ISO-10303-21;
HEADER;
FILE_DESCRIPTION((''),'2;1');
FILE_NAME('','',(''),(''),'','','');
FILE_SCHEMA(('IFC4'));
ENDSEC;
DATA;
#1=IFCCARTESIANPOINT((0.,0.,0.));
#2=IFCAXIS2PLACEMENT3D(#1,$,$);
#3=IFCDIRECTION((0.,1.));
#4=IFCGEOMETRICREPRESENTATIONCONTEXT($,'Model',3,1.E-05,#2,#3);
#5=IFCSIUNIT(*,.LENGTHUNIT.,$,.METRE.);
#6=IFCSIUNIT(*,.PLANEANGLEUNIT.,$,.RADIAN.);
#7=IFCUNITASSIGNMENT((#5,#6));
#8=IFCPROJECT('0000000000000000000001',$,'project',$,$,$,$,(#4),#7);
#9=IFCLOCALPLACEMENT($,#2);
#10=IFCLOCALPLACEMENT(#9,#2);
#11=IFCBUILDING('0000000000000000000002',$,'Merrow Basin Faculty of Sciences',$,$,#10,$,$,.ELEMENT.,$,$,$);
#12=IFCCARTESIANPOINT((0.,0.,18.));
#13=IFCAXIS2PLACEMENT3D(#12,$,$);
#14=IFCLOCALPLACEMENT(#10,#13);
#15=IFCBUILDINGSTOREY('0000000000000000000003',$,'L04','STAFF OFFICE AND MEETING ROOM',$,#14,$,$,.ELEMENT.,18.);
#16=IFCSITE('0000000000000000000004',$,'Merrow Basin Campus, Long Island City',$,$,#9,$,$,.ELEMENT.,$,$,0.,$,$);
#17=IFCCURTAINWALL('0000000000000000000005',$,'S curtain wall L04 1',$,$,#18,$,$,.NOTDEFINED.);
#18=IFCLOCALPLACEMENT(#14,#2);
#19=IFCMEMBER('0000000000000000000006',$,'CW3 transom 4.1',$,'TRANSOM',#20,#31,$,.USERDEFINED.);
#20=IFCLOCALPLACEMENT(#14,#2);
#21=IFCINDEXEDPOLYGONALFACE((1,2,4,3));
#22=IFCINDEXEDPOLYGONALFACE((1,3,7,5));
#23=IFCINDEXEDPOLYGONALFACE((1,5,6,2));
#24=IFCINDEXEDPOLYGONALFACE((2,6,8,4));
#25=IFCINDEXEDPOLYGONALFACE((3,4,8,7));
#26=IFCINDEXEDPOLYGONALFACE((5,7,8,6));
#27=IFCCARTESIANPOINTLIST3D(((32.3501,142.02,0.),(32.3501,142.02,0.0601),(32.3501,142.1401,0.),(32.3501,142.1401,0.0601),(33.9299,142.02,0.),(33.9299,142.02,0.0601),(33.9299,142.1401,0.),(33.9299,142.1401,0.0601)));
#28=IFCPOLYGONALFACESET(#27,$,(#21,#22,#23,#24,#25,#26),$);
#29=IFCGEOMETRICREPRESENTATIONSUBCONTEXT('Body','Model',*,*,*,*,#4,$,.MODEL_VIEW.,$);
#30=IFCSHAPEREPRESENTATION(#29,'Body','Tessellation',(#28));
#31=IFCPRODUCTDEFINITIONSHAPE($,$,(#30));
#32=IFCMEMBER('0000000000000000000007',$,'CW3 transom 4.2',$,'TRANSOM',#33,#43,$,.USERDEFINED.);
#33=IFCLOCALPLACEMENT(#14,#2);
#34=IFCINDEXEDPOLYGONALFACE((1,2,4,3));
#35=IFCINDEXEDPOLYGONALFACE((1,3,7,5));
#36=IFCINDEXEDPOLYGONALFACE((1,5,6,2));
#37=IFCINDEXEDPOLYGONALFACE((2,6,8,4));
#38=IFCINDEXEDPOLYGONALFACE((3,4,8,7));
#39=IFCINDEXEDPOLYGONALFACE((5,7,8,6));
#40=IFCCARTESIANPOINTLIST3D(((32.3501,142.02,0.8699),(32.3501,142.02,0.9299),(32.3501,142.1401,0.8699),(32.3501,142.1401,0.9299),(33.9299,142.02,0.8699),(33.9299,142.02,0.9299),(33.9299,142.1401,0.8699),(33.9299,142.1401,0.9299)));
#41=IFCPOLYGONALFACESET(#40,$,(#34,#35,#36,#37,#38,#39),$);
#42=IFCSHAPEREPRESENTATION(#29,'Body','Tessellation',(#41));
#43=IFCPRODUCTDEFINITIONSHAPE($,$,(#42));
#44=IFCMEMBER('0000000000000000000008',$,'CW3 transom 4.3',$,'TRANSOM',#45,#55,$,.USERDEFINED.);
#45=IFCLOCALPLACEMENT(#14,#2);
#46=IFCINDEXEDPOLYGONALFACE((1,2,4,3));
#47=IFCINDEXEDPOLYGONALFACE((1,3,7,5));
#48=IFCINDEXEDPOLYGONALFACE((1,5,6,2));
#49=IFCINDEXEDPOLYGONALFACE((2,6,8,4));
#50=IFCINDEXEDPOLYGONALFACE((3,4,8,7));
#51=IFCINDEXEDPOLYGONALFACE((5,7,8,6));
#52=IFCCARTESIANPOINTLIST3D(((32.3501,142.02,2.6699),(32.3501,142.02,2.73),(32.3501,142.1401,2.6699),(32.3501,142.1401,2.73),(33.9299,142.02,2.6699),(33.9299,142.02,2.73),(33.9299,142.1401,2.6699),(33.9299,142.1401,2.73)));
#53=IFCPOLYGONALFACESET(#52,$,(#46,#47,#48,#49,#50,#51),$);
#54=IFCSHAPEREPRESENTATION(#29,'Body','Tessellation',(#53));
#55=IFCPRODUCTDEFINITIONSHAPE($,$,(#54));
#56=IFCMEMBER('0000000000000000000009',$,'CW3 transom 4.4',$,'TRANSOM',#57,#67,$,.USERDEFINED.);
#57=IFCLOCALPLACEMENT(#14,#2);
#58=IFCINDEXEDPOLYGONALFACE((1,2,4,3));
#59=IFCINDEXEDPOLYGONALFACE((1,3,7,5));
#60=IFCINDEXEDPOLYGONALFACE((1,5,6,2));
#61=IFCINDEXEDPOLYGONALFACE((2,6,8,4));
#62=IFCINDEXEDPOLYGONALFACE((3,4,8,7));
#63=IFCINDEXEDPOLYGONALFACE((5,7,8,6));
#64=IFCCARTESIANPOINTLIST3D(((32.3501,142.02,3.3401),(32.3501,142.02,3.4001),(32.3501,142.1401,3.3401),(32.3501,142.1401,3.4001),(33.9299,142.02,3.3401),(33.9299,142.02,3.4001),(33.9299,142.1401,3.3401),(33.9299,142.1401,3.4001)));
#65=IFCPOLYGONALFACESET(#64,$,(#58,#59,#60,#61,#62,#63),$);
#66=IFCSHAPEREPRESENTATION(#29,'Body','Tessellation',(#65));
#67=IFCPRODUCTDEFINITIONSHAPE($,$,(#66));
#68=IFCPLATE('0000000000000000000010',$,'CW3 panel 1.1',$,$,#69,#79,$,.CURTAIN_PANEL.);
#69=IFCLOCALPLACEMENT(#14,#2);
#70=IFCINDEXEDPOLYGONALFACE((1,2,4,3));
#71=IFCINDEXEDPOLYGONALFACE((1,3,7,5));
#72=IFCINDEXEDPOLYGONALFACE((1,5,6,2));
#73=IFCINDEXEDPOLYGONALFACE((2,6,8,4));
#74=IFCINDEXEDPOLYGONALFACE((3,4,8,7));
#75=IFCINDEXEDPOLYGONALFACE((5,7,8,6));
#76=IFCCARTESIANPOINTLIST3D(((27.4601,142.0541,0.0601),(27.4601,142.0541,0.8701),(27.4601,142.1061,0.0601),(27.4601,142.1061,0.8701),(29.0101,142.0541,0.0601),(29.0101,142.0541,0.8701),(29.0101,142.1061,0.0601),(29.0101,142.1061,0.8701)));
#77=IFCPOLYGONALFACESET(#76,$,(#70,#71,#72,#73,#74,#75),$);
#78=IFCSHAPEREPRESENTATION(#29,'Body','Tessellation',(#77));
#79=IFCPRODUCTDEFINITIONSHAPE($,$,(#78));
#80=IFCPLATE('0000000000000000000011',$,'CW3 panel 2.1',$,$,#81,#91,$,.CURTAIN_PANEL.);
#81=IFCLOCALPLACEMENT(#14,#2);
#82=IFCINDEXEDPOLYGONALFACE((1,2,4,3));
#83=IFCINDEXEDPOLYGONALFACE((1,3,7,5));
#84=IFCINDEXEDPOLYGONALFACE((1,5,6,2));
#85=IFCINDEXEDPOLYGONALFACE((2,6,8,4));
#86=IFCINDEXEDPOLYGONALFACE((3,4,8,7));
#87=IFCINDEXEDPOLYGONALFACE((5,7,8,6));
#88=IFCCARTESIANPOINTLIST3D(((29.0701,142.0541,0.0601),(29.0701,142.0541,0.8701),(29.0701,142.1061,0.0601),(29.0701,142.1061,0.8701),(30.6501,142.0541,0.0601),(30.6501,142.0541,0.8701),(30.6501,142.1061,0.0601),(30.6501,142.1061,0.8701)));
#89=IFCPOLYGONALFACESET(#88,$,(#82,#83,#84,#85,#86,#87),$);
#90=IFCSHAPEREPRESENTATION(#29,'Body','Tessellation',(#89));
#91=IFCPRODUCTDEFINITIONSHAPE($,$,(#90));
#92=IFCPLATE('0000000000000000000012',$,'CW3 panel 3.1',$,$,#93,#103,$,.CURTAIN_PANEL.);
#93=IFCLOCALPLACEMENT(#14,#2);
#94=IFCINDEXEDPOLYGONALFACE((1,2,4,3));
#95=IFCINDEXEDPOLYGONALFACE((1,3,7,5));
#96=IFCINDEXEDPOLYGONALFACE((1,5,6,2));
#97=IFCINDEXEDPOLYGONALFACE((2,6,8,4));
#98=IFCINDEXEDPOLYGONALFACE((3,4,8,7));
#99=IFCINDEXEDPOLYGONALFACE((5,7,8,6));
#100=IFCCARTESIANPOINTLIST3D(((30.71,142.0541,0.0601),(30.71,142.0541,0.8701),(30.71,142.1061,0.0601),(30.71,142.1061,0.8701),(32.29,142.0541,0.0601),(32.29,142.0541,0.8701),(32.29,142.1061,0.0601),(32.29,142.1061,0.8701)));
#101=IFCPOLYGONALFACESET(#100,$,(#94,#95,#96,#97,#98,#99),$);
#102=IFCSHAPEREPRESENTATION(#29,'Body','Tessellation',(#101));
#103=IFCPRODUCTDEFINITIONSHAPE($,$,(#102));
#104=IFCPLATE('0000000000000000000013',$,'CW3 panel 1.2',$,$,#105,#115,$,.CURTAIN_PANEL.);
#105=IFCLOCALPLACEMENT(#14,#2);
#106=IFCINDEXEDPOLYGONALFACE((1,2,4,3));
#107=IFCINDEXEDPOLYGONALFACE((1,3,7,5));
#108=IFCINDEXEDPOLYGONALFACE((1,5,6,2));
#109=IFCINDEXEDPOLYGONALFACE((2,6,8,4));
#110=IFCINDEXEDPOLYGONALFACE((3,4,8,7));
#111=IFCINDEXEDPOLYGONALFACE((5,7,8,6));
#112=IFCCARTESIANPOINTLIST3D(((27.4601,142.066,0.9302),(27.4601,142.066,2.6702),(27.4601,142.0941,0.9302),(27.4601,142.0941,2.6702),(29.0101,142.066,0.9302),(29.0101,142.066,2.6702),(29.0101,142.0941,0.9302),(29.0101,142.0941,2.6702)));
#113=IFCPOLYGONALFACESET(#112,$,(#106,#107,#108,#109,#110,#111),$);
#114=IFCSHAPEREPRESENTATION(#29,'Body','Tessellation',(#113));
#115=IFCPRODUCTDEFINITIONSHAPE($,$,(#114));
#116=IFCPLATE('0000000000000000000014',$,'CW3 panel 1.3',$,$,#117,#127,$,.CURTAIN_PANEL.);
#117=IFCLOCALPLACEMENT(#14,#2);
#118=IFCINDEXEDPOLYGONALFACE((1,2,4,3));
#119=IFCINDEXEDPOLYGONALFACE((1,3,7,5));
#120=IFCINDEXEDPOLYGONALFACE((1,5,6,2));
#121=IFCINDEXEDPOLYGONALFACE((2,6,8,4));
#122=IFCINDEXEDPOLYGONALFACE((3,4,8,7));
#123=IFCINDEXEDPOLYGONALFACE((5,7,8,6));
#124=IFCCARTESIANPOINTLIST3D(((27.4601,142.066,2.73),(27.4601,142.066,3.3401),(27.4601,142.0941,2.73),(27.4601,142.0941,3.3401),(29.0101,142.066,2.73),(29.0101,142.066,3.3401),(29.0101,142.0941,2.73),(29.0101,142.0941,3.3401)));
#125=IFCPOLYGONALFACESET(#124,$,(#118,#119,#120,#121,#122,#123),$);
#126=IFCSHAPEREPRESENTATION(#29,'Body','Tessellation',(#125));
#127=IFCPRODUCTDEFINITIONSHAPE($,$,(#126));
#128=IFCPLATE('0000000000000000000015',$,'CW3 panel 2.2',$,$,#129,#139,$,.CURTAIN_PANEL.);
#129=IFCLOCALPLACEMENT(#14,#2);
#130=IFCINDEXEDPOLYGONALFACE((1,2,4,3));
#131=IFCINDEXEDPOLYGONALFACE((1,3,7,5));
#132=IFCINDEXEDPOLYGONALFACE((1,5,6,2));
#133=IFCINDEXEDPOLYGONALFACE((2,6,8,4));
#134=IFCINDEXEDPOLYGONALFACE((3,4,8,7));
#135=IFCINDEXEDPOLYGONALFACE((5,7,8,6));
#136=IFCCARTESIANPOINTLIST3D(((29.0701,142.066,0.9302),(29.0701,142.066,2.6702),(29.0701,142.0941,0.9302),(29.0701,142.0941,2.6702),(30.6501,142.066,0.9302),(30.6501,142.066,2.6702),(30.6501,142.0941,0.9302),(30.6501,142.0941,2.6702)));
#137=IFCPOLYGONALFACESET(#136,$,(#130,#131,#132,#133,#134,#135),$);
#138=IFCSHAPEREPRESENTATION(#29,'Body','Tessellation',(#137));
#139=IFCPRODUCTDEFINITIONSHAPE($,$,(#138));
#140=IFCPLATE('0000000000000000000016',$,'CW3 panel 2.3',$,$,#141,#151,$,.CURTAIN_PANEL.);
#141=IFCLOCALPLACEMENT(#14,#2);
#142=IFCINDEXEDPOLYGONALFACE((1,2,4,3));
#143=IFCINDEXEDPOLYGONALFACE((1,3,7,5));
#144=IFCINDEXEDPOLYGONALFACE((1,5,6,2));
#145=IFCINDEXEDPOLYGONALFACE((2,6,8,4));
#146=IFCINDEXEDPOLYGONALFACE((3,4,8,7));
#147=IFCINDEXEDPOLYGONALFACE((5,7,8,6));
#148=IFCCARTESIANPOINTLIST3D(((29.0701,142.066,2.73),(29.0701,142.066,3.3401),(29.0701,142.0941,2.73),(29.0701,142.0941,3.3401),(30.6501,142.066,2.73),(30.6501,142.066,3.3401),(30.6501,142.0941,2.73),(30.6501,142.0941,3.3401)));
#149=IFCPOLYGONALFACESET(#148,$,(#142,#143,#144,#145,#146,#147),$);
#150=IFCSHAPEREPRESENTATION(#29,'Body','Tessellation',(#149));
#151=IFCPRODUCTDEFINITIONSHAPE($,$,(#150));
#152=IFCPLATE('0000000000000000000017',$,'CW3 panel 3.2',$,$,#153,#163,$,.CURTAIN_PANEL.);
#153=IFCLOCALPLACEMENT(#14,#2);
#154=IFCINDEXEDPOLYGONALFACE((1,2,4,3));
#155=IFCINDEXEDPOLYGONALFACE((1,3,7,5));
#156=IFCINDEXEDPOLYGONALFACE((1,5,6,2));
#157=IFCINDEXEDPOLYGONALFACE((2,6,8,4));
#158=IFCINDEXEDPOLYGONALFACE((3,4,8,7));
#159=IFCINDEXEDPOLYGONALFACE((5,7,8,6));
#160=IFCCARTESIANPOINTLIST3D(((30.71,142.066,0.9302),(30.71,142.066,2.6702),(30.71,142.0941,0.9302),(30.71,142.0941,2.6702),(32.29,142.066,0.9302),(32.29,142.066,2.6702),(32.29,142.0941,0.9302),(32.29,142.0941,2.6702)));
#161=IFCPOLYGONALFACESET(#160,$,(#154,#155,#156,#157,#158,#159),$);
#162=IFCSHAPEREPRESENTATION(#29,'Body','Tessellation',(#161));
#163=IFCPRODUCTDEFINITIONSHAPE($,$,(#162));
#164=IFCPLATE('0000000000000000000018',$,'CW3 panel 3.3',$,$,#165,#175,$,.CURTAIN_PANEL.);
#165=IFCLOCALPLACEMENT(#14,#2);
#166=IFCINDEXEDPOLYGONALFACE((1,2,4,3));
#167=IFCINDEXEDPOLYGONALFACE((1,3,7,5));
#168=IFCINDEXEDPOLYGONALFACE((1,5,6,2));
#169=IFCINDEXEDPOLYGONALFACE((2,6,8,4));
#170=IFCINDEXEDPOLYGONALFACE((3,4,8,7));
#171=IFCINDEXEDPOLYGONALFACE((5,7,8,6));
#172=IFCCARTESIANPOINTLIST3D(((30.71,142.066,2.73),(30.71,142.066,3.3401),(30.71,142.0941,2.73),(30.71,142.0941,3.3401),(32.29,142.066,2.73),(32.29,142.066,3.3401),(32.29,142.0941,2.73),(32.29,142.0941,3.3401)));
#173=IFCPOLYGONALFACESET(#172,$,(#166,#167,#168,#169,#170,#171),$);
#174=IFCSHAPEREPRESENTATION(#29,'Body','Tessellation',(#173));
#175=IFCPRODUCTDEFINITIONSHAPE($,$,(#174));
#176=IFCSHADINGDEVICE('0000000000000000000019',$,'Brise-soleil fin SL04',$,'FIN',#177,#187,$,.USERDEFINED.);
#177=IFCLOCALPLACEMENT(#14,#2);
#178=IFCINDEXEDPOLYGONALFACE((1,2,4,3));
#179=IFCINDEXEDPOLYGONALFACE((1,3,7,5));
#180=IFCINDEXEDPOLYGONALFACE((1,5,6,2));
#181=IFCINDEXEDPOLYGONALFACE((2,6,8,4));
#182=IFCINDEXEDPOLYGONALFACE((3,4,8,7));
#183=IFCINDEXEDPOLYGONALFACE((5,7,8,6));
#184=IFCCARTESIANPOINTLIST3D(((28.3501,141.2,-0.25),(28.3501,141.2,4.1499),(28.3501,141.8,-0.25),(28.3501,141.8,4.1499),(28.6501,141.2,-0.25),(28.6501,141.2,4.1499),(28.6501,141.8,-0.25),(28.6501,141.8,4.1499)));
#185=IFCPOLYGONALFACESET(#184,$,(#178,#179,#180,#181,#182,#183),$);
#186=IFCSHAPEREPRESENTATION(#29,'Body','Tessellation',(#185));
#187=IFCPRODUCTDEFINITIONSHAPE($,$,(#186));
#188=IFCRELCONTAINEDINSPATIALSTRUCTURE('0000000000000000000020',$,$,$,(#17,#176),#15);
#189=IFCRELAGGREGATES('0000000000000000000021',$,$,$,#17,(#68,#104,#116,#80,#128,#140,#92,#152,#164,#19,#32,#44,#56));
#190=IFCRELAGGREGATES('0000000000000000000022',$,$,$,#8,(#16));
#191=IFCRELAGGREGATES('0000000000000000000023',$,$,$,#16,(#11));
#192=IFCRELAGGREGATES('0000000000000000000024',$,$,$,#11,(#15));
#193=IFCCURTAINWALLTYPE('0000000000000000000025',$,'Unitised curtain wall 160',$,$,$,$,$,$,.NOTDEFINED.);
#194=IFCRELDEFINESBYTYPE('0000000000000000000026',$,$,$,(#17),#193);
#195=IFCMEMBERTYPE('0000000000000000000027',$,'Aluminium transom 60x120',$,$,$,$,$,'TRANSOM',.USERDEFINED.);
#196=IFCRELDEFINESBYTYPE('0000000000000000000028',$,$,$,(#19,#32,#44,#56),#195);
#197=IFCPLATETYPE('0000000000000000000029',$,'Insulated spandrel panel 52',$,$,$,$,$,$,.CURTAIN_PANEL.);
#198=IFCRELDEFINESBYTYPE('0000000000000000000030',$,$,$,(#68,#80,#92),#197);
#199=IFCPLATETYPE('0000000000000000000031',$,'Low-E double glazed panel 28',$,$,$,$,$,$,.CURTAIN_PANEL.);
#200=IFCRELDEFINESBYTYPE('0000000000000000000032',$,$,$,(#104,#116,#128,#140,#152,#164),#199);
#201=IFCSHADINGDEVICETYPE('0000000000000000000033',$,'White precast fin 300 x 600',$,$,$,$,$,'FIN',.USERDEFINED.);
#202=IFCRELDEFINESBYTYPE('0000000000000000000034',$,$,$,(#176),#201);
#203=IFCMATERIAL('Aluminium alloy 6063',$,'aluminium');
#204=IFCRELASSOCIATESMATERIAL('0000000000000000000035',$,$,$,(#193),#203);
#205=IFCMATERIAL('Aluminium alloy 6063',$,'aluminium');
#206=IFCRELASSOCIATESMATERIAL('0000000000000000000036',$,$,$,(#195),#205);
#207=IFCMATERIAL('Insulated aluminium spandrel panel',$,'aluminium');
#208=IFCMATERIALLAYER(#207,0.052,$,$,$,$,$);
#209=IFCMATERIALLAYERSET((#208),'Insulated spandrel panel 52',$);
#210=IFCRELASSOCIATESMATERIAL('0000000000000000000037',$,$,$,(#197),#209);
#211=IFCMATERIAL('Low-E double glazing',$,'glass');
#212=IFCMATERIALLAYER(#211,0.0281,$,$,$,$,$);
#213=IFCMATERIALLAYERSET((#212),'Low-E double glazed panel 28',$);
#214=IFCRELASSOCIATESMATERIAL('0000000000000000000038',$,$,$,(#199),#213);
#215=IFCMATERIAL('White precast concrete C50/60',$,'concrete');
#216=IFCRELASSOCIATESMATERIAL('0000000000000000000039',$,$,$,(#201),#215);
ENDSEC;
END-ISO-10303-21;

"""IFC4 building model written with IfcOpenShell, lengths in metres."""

from ifc_helpers import new_model, si_unit, direction, frame, origin, origin_2d, place, context, subcontext, project, spatial, polyline, rectangle, outline, extrude, source, transform, mapped, material, layer, layer_set, material_profile, profile_set, type_object, element, aggregate, save


model = new_model("IFC4")

# Units and contexts
model_context = context("Model", 3, precision=1e-05, world=origin(), true_north=direction((0.0, 1.0)))
body_context = subcontext(model_context, "Body", "Model", "MODEL_VIEW")
ifc_project = project(units=[si_unit("LENGTHUNIT", "METRE"), si_unit("PLANEANGLEUNIT", "RADIAN")], contexts=[model_context])

# Site, building, storey
site_placement = place(None, origin())
site = spatial("IfcSite", under=ifc_project, at=site_placement, Name="Merrow Basin Campus, Long Island City", CompositionType="ELEMENT", RefElevation=0.0)
building_placement = place(site_placement, origin())
building = spatial("IfcBuilding", under=site, at=building_placement, Name="Merrow Basin Faculty of Sciences", CompositionType="ELEMENT")
storey_placement = place(building_placement, frame((0.0, 0.0, 18.0)))
storey = spatial("IfcBuildingStorey", under=building, at=storey_placement, Name="L04", Description="STAFF OFFICE AND MEETING ROOM", CompositionType="ELEMENT", Elevation=18.0)

# Curtain wall, members, plates
ifc_material_1 = material(Name="Aluminium alloy 6063", Category="aluminium")
curtain_wall_type = type_object("IfcCurtainWallType", Name="Unitised curtain wall 160", PredefinedType="NOTDEFINED", material=ifc_material_1)
curtain_wall_placement = place(storey_placement, origin())
curtain_wall = element("IfcCurtainWall", 1, at=curtain_wall_placement, inside=storey, type_object=curtain_wall_type, Name="S curtain wall L04 1", PredefinedType="NOTDEFINED")
ifc_material_2 = material(Name="Aluminium alloy 6063", Category="aluminium")
ifc_material_profile_1 = material_profile(ifc_material_2, rectangle(XDim=0.1201, YDim=0.0601, at=origin_2d()))
ifc_profile_set_1 = profile_set([ifc_material_profile_1], Name="Aluminium alloy 6063")
member_type_1 = type_object("IfcMemberType", Name="Aluminium transom 60x120", ElementType="TRANSOM", PredefinedType="USERDEFINED", material=ifc_profile_set_1)
member_1_placement = place(storey_placement, frame((32.3501, 142.0801, 0.03), z_axis=(1.0, 0.0, 0.0), x_axis=(0.0, 1.0, 0.0)))
member_1 = element("IfcMember", 2, at=member_1_placement, type_object=member_type_1, Name="CW3 transom 4.1", ObjectType="TRANSOM", PredefinedType="USERDEFINED", context=body_context, shape_type="SweptSolid", body=[
    extrude(rectangle(XDim=0.1201, YDim=0.0601, at=origin_2d()), origin(), (0.0, 0.0, 1.0), 1.5798),
])
member_2_placement = place(storey_placement, frame((32.3501, 142.0801, 0.8999), z_axis=(1.0, 0.0, 0.0), x_axis=(0.0, 1.0, 0.0)))
member_2 = element("IfcMember", 3, at=member_2_placement, type_object=member_type_1, Name="CW3 transom 4.2", ObjectType="TRANSOM", PredefinedType="USERDEFINED", context=body_context, shape_type="SweptSolid", body=[
    extrude(rectangle(XDim=0.1201, YDim=0.0601, at=origin_2d()), origin(), (0.0, 0.0, 1.0), 1.5798),
])
member_3_placement = place(storey_placement, frame((32.3501, 142.0801, 2.7), z_axis=(1.0, 0.0, 0.0), x_axis=(0.0, 1.0, 0.0)))
member_3 = element("IfcMember", 4, at=member_3_placement, type_object=member_type_1, Name="CW3 transom 4.3", ObjectType="TRANSOM", PredefinedType="USERDEFINED", context=body_context, shape_type="SweptSolid", body=[
    extrude(rectangle(XDim=0.1201, YDim=0.0601, at=origin_2d()), origin(), (0.0, 0.0, 1.0), 1.5798),
])
member_4_placement = place(storey_placement, frame((32.3501, 142.0801, 3.3701), z_axis=(1.0, 0.0, 0.0), x_axis=(0.0, 1.0, 0.0)))
member_4 = element("IfcMember", 5, at=member_4_placement, type_object=member_type_1, Name="CW3 transom 4.4", ObjectType="TRANSOM", PredefinedType="USERDEFINED", context=body_context, shape_type="SweptSolid", body=[
    extrude(rectangle(XDim=0.1201, YDim=0.0601, at=origin_2d()), origin(), (0.0, 0.0, 1.0), 1.5798),
])
ifc_material_3 = material(Name="Insulated aluminium spandrel panel", Category="aluminium")
ifc_layer_1 = layer(ifc_material_3, 0.052)
ifc_layer_set_1 = layer_set([ifc_layer_1], Name="Insulated spandrel panel 52")
plate_type_1 = type_object("IfcPlateType", Name="Insulated spandrel panel 52", PredefinedType="CURTAIN_PANEL", material=ifc_layer_set_1)
plate_1_placement = place(storey_placement, frame((28.2351, 142.0801, 0.0601), z_axis=(0.0, 0.0, 1.0), x_axis=(1.0, 0.0, 0.0)))
plate_1 = element("IfcPlate", 6, at=plate_1_placement, type_object=plate_type_1, Name="CW3 panel 1.1", PredefinedType="CURTAIN_PANEL", context=body_context, shape_type="SweptSolid", body=[
    extrude(rectangle(XDim=1.55, YDim=0.052, at=origin_2d()), origin(), (0.0, 0.0, 1.0), 0.8101),
])
plate_2_placement = place(storey_placement, frame((29.8601, 142.0801, 0.0601), z_axis=(0.0, 0.0, 1.0), x_axis=(1.0, 0.0, 0.0)))
plate_2 = element("IfcPlate", 7, at=plate_2_placement, type_object=plate_type_1, Name="CW3 panel 2.1", PredefinedType="CURTAIN_PANEL", context=body_context, shape_type="SweptSolid", body=[
    extrude(rectangle(XDim=1.5801, YDim=0.052, at=origin_2d()), origin(), (0.0, 0.0, 1.0), 0.8101),
])
plate_3_placement = place(storey_placement, frame((31.5, 142.0801, 0.0601), z_axis=(0.0, 0.0, 1.0), x_axis=(1.0, 0.0, 0.0)))
plate_3 = element("IfcPlate", 8, at=plate_3_placement, type_object=plate_type_1, Name="CW3 panel 3.1", PredefinedType="CURTAIN_PANEL", context=body_context, shape_type="SweptSolid", body=[
    extrude(rectangle(XDim=1.5801, YDim=0.052, at=origin_2d()), origin(), (0.0, 0.0, 1.0), 0.8101),
])
ifc_material_4 = material(Name="Low-E double glazing", Category="glass")
ifc_layer_2 = layer(ifc_material_4, 0.0281)
ifc_layer_set_2 = layer_set([ifc_layer_2], Name="Low-E double glazed panel 28")
plate_type_2 = type_object("IfcPlateType", Name="Low-E double glazed panel 28", PredefinedType="CURTAIN_PANEL", material=ifc_layer_set_2)
plate_4_placement = place(storey_placement, frame((28.2351, 142.0801, 0.9302), z_axis=(0.0, 0.0, 1.0), x_axis=(1.0, 0.0, 0.0)))
plate_4 = element("IfcPlate", 9, at=plate_4_placement, type_object=plate_type_2, Name="CW3 panel 1.2", PredefinedType="CURTAIN_PANEL", context=body_context, shape_type="SweptSolid", body=[
    extrude(rectangle(XDim=1.55, YDim=0.0281, at=origin_2d()), origin(), (0.0, 0.0, 1.0), 1.74),
])
plate_5_placement = place(storey_placement, frame((28.2351, 142.0801, 2.73), z_axis=(0.0, 0.0, 1.0), x_axis=(1.0, 0.0, 0.0)))
plate_5 = element("IfcPlate", 10, at=plate_5_placement, type_object=plate_type_2, Name="CW3 panel 1.3", PredefinedType="CURTAIN_PANEL", context=body_context, shape_type="SweptSolid", body=[
    extrude(rectangle(XDim=1.55, YDim=0.0281, at=origin_2d()), origin(), (0.0, 0.0, 1.0), 0.6101),
])
plate_6_placement = place(storey_placement, frame((29.8601, 142.0801, 0.9302), z_axis=(0.0, 0.0, 1.0), x_axis=(1.0, 0.0, 0.0)))
plate_6 = element("IfcPlate", 11, at=plate_6_placement, type_object=plate_type_2, Name="CW3 panel 2.2", PredefinedType="CURTAIN_PANEL", context=body_context, shape_type="SweptSolid", body=[
    extrude(rectangle(XDim=1.5801, YDim=0.0281, at=origin_2d()), origin(), (0.0, 0.0, 1.0), 1.74),
])
plate_7_placement = place(storey_placement, frame((29.8601, 142.0801, 2.73), z_axis=(0.0, 0.0, 1.0), x_axis=(1.0, 0.0, 0.0)))
plate_7 = element("IfcPlate", 12, at=plate_7_placement, type_object=plate_type_2, Name="CW3 panel 2.3", PredefinedType="CURTAIN_PANEL", context=body_context, shape_type="SweptSolid", body=[
    extrude(rectangle(XDim=1.5801, YDim=0.0281, at=origin_2d()), origin(), (0.0, 0.0, 1.0), 0.6101),
])
plate_8_placement = place(storey_placement, frame((31.5, 142.0801, 0.9302), z_axis=(0.0, 0.0, 1.0), x_axis=(1.0, 0.0, 0.0)))
plate_8 = element("IfcPlate", 13, at=plate_8_placement, type_object=plate_type_2, Name="CW3 panel 3.2", PredefinedType="CURTAIN_PANEL", context=body_context, shape_type="SweptSolid", body=[
    extrude(rectangle(XDim=1.5801, YDim=0.0281, at=origin_2d()), origin(), (0.0, 0.0, 1.0), 1.74),
])
plate_9_placement = place(storey_placement, frame((31.5, 142.0801, 2.73), z_axis=(0.0, 0.0, 1.0), x_axis=(1.0, 0.0, 0.0)))
plate_9 = element("IfcPlate", 14, at=plate_9_placement, type_object=plate_type_2, Name="CW3 panel 3.3", PredefinedType="CURTAIN_PANEL", context=body_context, shape_type="SweptSolid", body=[
    extrude(rectangle(XDim=1.5801, YDim=0.0281, at=origin_2d()), origin(), (0.0, 0.0, 1.0), 0.6101),
])
aggregate(curtain_wall, [plate_1, plate_4, plate_5, plate_2, plate_6, plate_7, plate_3, plate_8, plate_9, member_1, member_2, member_3, member_4])

# Shading device
ifc_material_5 = material(Name="White precast concrete C50/60", Category="concrete")
shading_device_type = type_object("IfcShadingDeviceType", Name="White precast fin 300 x 600", ElementType="FIN", PredefinedType="USERDEFINED", material=ifc_material_5)
shared_shape_1 = source(origin(), body_context, "Body", "SweptSolid", [
    extrude(outline(polyline([(0.0, 0.0), (0.3, 0.0), (0.3, 4.3999), (0.0, 4.3999), (0.0, 0.0)])), origin(), (0.0, 0.0, 1.0), 0.6001),
])
for number, where, z_axis, x_axis, name in (
    (15, (28.3501, 141.8, -0.25), (0.0, -1.0, 0.0), (1.0, 0.0, 0.0), "Brise-soleil fin SL04"),
):
    element("IfcShadingDevice", number, at=place(storey_placement, frame(where, z_axis=z_axis, x_axis=x_axis)), inside=storey, type_object=shading_device_type, Name=name, ObjectType="FIN", PredefinedType="USERDEFINED", context=body_context, shape_type="MappedRepresentation", body=[
        mapped(shared_shape_1, transform((0.0, 0.0, 0.0), scale=1.0)),
    ])

save(model, "model.ifc")
